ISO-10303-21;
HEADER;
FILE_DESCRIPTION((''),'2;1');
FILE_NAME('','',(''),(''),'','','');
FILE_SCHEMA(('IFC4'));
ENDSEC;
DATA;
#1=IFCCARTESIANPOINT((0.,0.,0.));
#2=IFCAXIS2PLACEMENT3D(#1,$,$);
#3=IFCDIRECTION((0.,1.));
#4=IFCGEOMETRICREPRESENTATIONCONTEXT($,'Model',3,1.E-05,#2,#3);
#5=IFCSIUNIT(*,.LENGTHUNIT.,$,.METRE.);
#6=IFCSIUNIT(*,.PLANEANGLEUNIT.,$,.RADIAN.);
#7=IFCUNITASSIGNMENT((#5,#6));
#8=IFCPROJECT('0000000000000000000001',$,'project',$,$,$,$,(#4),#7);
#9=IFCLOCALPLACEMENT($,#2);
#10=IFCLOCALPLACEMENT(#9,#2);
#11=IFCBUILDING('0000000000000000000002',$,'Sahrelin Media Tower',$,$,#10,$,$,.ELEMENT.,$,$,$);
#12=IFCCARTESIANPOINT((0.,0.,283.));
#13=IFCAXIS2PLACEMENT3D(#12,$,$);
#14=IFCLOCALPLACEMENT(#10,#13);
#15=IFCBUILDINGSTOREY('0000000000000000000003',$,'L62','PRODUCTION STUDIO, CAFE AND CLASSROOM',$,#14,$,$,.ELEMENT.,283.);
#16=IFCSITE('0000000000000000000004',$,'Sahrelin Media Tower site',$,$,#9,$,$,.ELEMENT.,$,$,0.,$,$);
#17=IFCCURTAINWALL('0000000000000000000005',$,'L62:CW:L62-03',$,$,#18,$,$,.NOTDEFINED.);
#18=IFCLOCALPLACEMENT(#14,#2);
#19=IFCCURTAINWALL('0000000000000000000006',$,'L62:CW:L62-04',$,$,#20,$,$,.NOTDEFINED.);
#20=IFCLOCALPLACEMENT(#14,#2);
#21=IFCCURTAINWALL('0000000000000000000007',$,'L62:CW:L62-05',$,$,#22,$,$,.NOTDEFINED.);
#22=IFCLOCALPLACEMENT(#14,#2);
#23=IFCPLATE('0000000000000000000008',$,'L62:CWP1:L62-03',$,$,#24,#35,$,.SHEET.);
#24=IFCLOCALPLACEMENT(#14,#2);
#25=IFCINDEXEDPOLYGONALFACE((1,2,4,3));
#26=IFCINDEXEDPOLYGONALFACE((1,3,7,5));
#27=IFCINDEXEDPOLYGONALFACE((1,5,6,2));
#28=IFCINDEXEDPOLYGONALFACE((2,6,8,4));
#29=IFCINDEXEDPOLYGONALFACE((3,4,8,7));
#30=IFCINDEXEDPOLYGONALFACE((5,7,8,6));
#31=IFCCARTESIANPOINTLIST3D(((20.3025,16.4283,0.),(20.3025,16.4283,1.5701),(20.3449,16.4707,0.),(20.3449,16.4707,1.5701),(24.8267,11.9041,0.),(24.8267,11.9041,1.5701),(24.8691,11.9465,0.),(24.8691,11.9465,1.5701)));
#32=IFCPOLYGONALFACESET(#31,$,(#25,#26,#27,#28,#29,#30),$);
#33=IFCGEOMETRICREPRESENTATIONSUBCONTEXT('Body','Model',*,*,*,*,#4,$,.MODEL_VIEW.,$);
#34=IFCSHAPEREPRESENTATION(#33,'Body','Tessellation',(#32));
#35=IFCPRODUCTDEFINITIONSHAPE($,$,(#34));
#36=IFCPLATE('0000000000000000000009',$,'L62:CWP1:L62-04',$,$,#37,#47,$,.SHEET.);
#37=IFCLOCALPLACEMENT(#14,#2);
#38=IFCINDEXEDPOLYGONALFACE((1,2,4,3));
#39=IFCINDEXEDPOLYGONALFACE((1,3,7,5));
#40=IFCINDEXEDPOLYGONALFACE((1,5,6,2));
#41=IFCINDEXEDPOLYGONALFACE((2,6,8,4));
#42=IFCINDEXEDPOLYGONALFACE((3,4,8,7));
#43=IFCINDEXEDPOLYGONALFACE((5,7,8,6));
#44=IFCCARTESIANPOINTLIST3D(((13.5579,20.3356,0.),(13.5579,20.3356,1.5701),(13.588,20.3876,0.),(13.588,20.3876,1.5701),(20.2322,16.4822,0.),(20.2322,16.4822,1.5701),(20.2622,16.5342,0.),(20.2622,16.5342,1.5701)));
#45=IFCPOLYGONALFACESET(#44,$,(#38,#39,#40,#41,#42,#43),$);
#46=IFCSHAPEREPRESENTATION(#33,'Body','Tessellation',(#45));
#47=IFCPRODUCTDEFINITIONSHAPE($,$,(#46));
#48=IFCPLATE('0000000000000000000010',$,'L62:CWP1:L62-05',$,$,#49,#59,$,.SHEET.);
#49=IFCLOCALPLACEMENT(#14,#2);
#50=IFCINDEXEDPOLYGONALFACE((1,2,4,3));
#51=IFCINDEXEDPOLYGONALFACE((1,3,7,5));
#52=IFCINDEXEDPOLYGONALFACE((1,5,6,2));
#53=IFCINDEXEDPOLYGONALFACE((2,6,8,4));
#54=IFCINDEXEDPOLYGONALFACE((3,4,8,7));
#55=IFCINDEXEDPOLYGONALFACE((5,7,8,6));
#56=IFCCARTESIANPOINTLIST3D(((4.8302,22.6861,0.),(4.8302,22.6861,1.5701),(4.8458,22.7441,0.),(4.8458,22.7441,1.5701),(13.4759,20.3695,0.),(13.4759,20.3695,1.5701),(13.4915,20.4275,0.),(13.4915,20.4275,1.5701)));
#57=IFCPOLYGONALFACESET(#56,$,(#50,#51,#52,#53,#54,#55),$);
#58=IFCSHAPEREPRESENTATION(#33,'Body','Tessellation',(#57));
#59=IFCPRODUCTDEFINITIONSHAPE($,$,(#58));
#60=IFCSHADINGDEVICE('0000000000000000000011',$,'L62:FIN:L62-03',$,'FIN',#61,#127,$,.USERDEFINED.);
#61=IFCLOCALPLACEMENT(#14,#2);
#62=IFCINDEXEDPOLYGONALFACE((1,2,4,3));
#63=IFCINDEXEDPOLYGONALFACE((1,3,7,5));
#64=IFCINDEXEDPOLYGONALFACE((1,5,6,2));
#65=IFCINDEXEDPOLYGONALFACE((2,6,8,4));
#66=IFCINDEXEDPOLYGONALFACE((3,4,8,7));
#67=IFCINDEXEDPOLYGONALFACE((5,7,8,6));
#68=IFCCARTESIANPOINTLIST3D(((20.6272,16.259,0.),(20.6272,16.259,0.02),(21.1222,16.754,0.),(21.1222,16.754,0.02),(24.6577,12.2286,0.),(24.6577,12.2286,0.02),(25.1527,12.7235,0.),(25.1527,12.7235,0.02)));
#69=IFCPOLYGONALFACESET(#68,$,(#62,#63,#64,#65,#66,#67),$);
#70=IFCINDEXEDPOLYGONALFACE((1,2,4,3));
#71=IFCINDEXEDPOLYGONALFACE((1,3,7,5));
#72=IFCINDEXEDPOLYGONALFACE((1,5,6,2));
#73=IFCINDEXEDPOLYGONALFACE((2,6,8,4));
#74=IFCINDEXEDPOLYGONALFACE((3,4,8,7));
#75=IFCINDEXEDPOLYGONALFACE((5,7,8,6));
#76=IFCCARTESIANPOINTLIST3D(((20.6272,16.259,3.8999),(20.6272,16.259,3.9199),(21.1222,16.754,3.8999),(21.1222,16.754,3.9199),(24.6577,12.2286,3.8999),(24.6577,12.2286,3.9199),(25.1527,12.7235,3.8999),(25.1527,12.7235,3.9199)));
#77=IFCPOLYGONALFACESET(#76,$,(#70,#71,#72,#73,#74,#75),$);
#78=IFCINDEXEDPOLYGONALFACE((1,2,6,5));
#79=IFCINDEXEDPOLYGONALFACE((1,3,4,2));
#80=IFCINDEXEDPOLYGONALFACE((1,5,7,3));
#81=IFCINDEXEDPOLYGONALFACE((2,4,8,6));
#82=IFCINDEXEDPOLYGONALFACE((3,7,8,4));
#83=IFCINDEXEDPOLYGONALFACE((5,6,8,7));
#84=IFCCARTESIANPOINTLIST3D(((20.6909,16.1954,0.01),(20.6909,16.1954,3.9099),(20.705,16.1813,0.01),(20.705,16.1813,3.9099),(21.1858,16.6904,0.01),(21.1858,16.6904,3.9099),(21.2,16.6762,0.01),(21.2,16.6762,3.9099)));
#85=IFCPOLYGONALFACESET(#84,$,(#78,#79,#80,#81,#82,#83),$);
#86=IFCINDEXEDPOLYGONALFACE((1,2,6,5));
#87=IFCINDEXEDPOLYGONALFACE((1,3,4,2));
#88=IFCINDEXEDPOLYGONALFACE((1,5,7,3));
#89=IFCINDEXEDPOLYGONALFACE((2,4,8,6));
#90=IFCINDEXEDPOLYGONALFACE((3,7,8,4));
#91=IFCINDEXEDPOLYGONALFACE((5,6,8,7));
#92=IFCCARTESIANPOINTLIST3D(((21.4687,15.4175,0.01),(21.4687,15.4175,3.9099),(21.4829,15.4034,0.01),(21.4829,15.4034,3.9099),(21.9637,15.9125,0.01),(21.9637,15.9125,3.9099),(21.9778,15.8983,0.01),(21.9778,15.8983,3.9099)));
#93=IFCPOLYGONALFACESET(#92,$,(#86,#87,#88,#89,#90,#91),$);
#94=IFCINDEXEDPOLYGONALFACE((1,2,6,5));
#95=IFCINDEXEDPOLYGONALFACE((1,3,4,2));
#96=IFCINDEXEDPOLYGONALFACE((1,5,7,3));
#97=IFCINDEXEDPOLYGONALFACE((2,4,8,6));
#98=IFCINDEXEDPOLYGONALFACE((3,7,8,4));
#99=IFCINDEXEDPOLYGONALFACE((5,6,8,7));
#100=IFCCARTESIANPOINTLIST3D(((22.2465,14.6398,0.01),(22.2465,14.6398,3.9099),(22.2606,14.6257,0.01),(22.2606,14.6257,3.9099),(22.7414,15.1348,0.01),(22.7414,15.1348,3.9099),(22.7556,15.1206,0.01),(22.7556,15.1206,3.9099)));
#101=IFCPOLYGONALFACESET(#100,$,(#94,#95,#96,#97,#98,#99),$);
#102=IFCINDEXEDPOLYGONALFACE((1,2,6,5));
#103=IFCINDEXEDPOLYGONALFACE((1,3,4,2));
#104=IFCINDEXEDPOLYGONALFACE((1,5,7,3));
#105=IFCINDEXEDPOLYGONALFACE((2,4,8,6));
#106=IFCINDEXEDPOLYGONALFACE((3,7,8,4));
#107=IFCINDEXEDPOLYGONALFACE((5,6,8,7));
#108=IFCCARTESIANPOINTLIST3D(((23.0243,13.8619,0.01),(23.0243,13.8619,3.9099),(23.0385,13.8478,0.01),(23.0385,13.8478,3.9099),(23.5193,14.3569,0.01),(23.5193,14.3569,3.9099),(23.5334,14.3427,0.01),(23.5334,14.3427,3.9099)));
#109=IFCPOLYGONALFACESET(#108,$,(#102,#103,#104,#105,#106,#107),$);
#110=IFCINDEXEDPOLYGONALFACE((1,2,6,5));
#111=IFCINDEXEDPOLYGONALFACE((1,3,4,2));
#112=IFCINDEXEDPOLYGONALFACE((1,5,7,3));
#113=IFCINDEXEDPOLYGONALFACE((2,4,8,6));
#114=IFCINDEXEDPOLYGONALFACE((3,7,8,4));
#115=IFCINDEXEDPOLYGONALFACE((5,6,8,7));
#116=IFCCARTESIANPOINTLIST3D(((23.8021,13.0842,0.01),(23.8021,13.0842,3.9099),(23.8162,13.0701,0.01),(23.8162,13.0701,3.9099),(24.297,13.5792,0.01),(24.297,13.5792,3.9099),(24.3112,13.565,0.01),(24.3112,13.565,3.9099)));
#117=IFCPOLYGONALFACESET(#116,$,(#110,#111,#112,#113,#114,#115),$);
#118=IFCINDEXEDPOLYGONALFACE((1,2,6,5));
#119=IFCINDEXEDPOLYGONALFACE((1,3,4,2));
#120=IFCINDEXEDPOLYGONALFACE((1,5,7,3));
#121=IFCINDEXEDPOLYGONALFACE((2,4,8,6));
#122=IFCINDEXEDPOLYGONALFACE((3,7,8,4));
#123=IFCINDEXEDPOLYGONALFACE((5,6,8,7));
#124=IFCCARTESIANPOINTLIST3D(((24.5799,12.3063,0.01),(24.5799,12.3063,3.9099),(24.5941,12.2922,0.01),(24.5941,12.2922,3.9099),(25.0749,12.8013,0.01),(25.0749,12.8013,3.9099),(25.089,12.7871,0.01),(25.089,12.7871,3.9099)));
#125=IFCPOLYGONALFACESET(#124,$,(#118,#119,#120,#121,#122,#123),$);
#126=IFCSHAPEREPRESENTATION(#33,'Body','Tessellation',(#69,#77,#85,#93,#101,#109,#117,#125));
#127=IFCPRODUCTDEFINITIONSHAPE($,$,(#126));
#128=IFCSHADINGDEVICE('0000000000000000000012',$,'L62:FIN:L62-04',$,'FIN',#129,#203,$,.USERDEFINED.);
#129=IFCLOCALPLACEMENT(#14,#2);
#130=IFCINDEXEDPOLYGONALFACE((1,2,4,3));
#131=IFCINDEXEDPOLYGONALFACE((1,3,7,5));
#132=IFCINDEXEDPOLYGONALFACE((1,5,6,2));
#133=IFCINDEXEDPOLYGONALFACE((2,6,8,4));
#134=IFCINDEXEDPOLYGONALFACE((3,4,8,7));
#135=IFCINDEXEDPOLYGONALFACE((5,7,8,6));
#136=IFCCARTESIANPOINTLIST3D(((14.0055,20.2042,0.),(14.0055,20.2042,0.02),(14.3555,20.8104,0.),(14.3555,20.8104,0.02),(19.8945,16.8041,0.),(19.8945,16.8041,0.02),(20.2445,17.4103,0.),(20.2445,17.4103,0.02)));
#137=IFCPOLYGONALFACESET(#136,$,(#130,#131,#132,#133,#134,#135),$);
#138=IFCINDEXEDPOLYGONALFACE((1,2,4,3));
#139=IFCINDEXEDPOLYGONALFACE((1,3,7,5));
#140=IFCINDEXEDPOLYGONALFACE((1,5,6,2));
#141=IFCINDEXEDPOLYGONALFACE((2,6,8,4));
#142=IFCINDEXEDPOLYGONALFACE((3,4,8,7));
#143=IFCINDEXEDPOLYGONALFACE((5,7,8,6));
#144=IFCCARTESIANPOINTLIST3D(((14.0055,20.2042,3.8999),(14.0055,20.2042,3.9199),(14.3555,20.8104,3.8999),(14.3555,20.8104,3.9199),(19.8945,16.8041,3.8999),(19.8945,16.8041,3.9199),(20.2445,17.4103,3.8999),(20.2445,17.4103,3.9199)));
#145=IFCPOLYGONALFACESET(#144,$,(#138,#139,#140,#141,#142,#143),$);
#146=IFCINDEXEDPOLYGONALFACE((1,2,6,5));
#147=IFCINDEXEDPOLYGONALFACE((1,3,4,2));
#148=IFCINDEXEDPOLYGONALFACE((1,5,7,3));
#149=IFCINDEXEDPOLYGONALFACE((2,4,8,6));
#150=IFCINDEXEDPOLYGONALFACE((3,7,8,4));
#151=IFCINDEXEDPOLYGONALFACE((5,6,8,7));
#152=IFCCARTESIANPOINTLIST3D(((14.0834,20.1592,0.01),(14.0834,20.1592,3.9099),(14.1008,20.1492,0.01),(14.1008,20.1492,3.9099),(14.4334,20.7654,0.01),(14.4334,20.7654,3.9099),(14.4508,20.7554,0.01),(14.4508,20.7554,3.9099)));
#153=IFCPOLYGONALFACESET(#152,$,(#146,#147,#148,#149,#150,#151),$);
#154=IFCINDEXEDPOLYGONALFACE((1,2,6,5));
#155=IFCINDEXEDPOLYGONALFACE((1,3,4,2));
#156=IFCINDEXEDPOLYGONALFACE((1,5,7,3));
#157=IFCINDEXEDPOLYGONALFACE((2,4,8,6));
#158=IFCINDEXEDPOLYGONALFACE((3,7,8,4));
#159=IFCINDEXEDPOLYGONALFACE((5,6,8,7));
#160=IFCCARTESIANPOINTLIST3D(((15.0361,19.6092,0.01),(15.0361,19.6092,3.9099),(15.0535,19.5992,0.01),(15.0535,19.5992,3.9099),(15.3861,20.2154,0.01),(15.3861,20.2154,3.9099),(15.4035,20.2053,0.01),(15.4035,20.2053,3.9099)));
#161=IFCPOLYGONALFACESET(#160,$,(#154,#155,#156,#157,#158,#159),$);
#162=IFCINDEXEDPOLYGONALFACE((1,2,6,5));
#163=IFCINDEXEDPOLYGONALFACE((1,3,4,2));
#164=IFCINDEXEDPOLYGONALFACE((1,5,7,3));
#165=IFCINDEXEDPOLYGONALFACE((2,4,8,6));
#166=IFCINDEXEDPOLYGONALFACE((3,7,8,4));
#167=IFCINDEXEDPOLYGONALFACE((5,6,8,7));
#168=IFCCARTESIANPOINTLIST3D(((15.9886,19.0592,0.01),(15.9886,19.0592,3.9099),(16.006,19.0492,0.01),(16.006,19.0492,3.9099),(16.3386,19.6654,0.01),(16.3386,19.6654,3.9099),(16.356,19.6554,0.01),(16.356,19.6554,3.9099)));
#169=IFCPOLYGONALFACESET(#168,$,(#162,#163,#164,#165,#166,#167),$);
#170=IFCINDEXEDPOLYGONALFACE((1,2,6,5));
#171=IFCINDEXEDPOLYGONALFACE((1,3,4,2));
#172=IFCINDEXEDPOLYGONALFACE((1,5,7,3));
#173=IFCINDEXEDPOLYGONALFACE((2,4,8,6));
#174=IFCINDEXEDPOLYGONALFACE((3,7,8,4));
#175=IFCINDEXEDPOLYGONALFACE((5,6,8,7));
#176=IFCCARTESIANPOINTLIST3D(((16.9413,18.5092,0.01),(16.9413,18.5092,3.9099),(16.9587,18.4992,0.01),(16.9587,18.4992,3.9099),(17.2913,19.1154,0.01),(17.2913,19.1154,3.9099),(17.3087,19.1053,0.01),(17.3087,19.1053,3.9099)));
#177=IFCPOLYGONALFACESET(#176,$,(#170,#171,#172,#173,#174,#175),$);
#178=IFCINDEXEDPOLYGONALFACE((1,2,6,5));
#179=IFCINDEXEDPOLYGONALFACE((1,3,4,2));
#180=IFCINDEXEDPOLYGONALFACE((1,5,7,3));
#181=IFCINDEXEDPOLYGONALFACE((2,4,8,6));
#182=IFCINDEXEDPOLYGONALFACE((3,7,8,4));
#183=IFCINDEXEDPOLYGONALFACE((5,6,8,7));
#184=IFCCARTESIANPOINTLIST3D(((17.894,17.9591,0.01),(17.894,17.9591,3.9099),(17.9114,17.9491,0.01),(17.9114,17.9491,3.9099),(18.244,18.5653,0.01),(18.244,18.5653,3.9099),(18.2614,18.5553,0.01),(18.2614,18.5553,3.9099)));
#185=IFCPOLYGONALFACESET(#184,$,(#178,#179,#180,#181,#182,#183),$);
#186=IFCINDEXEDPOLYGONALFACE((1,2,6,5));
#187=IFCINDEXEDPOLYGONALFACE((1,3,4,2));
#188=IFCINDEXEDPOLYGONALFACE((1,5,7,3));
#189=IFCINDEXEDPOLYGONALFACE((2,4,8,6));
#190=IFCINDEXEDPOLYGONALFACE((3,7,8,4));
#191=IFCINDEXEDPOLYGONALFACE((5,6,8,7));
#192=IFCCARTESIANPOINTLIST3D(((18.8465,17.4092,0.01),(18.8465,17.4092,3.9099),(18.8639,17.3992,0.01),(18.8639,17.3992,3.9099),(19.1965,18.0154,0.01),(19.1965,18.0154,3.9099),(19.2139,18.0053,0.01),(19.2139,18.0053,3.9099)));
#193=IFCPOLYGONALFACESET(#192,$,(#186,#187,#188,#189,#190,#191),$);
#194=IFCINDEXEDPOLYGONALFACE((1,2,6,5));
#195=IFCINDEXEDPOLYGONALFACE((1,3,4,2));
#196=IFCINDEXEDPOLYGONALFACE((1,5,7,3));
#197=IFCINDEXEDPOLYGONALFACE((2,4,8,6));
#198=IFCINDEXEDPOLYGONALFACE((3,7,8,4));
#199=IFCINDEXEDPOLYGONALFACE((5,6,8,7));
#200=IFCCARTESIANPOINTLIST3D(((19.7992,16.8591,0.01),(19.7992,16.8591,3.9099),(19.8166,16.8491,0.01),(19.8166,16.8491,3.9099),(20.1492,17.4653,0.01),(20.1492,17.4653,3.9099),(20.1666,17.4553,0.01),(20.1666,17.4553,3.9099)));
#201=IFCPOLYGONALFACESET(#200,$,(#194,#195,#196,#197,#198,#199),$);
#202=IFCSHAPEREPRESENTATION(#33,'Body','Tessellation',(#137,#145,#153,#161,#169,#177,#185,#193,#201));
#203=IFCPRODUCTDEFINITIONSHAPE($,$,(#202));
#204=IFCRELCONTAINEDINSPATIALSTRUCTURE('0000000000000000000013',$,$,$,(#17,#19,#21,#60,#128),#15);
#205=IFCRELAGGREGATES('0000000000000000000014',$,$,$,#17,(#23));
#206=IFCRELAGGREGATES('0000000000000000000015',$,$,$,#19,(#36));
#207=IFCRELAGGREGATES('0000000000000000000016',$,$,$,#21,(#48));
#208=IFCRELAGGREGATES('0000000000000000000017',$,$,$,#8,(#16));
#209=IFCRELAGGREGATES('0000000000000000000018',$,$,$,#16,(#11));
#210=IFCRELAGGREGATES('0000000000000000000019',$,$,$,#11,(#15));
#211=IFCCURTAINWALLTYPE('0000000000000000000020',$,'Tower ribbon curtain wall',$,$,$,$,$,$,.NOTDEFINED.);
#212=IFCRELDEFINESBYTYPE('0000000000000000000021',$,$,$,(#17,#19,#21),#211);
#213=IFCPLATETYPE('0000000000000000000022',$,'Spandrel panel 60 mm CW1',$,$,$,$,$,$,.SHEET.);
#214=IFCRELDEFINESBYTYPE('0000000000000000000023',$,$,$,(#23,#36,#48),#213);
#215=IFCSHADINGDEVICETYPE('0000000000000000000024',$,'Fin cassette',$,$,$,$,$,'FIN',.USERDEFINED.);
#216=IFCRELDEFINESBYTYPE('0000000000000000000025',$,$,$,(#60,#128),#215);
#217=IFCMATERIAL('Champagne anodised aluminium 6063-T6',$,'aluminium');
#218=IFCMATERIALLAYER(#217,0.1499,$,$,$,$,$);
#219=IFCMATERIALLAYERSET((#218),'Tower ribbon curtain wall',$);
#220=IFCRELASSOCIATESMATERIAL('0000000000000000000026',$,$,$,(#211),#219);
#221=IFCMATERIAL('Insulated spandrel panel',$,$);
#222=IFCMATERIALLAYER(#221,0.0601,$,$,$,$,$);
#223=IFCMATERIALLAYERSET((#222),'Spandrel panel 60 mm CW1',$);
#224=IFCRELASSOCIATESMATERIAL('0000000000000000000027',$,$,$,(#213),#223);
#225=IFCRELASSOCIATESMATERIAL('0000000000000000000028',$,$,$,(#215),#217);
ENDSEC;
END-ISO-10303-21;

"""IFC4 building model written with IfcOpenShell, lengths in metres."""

from ifc_helpers import new_model, si_unit, direction, frame, origin, origin_2d, place, context, subcontext, project, spatial, polyline, rectangle, outline, extrude, material, layer, layer_set, type_object, element, aggregate, save


model = new_model("IFC4")

# Units and contexts
model_context = context("Model", 3, precision=1e-05, world=origin(), true_north=direction((0.0, 1.0)))
body_context = subcontext(model_context, "Body", "Model", "MODEL_VIEW")
ifc_project = project(units=[si_unit("LENGTHUNIT", "METRE"), si_unit("PLANEANGLEUNIT", "RADIAN")], contexts=[model_context])

# Site, building, storey
site_placement = place(None, origin())
site = spatial("IfcSite", under=ifc_project, at=site_placement, Name="Sahrelin Media Tower site", CompositionType="ELEMENT", RefElevation=0.0)
building_placement = place(site_placement, origin())
building = spatial("IfcBuilding", under=site, at=building_placement, Name="Sahrelin Media Tower", CompositionType="ELEMENT")
storey_placement = place(building_placement, frame((0.0, 0.0, 283.0)))
storey = spatial("IfcBuildingStorey", under=building, at=storey_placement, Name="L62", Description="PRODUCTION STUDIO, CAFE AND CLASSROOM", CompositionType="ELEMENT", Elevation=283.0)

# Curtain walls
ifc_material_1 = material(Name="Champagne anodised aluminium 6063-T6", Category="aluminium")
ifc_layer_1 = layer(ifc_material_1, 0.1499)
ifc_layer_set_1 = layer_set([ifc_layer_1], Name="Tower ribbon curtain wall")
curtain_wall_type = type_object("IfcCurtainWallType", Name="Tower ribbon curtain wall", PredefinedType="NOTDEFINED", material=ifc_layer_set_1)
curtain_wall_1_placement = place(storey_placement, frame((22.593, 14.1943, 0.0), z_axis=(0.0, 0.0, 1.0), x_axis=(1.0, 0.0, 0.0)))
curtain_wall_1 = element("IfcCurtainWall", 1, at=curtain_wall_1_placement, inside=storey, type_object=curtain_wall_type, Name="L62:CW:L62-03", PredefinedType="NOTDEFINED")
curtain_wall_2_placement = place(storey_placement, frame((16.915, 18.4436, 0.0), z_axis=(0.0, 0.0, 1.0), x_axis=(1.0, 0.0, 0.0)))
curtain_wall_2 = element("IfcCurtainWall", 2, at=curtain_wall_2_placement, inside=storey, type_object=curtain_wall_type, Name="L62:CW:L62-04", PredefinedType="NOTDEFINED")

# Curtain wall
curtain_wall_3_placement = place(storey_placement, frame((9.1633, 21.5664, 0.0), z_axis=(0.0, 0.0, 1.0), x_axis=(1.0, 0.0, 0.0)))
curtain_wall_3 = element("IfcCurtainWall", 3, at=curtain_wall_3_placement, inside=storey, type_object=curtain_wall_type, Name="L62:CW:L62-05", PredefinedType="NOTDEFINED")

# Plates
ifc_material_2 = material(Name="Insulated spandrel panel")
ifc_layer_2 = layer(ifc_material_2, 0.0601)
ifc_layer_set_2 = layer_set([ifc_layer_2], Name="Spandrel panel 60 mm CW1")
plate_type_1 = type_object("IfcPlateType", Name="Spandrel panel 60 mm CW1", PredefinedType="SHEET", material=ifc_layer_set_2)
plate_1_placement = place(storey_placement, frame((24.8691, 11.9465, 0.0), z_axis=(0.707107, 0.707107, 0.0), x_axis=(-0.707107, 0.707107, 0.0)))
plate_1 = element("IfcPlate", 4, at=plate_1_placement, type_object=plate_type_1, Name="L62:CWP1:L62-03", PredefinedType="SHEET", context=body_context, shape_type="SweptSolid", body=[
    extrude(outline(polyline([(0.0, 0.0), (6.3982, 0.0), (6.3982, 1.5701), (0.0, 1.5701), (0.0, 0.0)])), origin(), (0.0, 0.0, -1.0), 0.0601),
])
aggregate(curtain_wall_1, [plate_1])
plate_2_placement = place(storey_placement, frame((20.2622, 16.5342, 0.0), z_axis=(0.500009, 0.86602, 0.0), x_axis=(-0.86602, 0.500009, 0.0)))
plate_2 = element("IfcPlate", 5, at=plate_2_placement, type_object=plate_type_1, Name="L62:CWP1:L62-04", PredefinedType="SHEET", context=body_context, shape_type="SweptSolid", body=[
    extrude(outline(polyline([(0.0, 0.0), (7.7068, 0.0), (7.7068, 1.5701), (0.0, 1.5701), (0.0, 0.0)])), origin(), (0.0, 0.0, -1.0), 0.0601),
])
aggregate(curtain_wall_2, [plate_2])
plate_3_placement = place(storey_placement, frame((13.4915, 20.4275, 0.0), z_axis=(0.258822, 0.965925, 0.0), x_axis=(-0.965925, 0.258822, 0.0)))
plate_3 = element("IfcPlate", 6, at=plate_3_placement, type_object=plate_type_1, Name="L62:CWP1:L62-05", PredefinedType="SHEET", context=body_context, shape_type="SweptSolid", body=[
    extrude(outline(polyline([(0.0, 0.0), (8.9507, 0.0), (8.9507, 1.5701), (0.0, 1.5701), (0.0, 0.0)])), origin(), (0.0, 0.0, -1.0), 0.0601),
])
aggregate(curtain_wall_3, [plate_3])

# Shading devices
shading_device_type_1 = type_object("IfcShadingDeviceType", Name="Fin cassette", ElementType="FIN", PredefinedType="USERDEFINED", material=ifc_material_1)
placement_1 = place(storey_placement, frame((22.593, 14.1943, 0.0), z_axis=(0.0, 0.0, 1.0), x_axis=(0.707107, -0.707107, 0.0)))
element("IfcShadingDevice", 7, at=placement_1, inside=storey, type_object=shading_device_type_1, Name="L62:FIN:L62-03", ObjectType="FIN", PredefinedType="USERDEFINED", context=body_context, shape_type="SweptSolid", body=[
    extrude(rectangle(XDim=5.7, YDim=0.7, at=origin_2d()), frame((0.0, 0.4199, 0.0)), (0.0, 0.0, 1.0), 0.02),
    extrude(rectangle(XDim=5.7, YDim=0.7, at=origin_2d()), frame((0.0, 0.4199, 3.8999)), (0.0, 0.0, 1.0), 0.02),
    extrude(rectangle(XDim=0.02, YDim=0.7, at=origin_2d()), frame((-2.75, 0.4199, 0.01), z_axis=(0.0, 0.0, 1.0), x_axis=(1.0, 0.0, 0.0)), (0.0, 0.0, 1.0), 3.8999),
    extrude(rectangle(XDim=0.02, YDim=0.7, at=origin_2d()), frame((-1.6499, 0.4199, 0.01), z_axis=(0.0, 0.0, 1.0), x_axis=(1.0, 0.0, 0.0)), (0.0, 0.0, 1.0), 3.8999),
    extrude(rectangle(XDim=0.02, YDim=0.7, at=origin_2d()), frame((-0.55, 0.4199, 0.01), z_axis=(0.0, 0.0, 1.0), x_axis=(1.0, 0.0, 0.0)), (0.0, 0.0, 1.0), 3.8999),
    extrude(rectangle(XDim=0.02, YDim=0.7, at=origin_2d()), frame((0.55, 0.4199, 0.01), z_axis=(0.0, 0.0, 1.0), x_axis=(1.0, 0.0, 0.0)), (0.0, 0.0, 1.0), 3.8999),
    extrude(rectangle(XDim=0.02, YDim=0.7, at=origin_2d()), frame((1.6499, 0.4199, 0.01), z_axis=(0.0, 0.0, 1.0), x_axis=(1.0, 0.0, 0.0)), (0.0, 0.0, 1.0), 3.8999),
    extrude(rectangle(XDim=0.02, YDim=0.7, at=origin_2d()), frame((2.75, 0.4199, 0.01), z_axis=(0.0, 0.0, 1.0), x_axis=(1.0, 0.0, 0.0)), (0.0, 0.0, 1.0), 3.8999),
])
placement_2 = place(storey_placement, frame((16.915, 18.4436, 0.0), z_axis=(0.0, 0.0, 1.0), x_axis=(0.866019, -0.500011, 0.0)))
element("IfcShadingDevice", 8, at=placement_2, inside=storey, type_object=shading_device_type_1, Name="L62:FIN:L62-04", ObjectType="FIN", PredefinedType="USERDEFINED", context=body_context, shape_type="SweptSolid", body=[
    extrude(rectangle(XDim=6.8, YDim=0.7, at=origin_2d()), frame((0.0, 0.4199, 0.0)), (0.0, 0.0, 1.0), 0.02),
    extrude(rectangle(XDim=6.8, YDim=0.7, at=origin_2d()), frame((0.0, 0.4199, 3.8999)), (0.0, 0.0, 1.0), 0.02),
    extrude(rectangle(XDim=0.02, YDim=0.7, at=origin_2d()), frame((-3.3, 0.4199, 0.01), z_axis=(0.0, 0.0, 1.0), x_axis=(1.0, 0.0, 0.0)), (0.0, 0.0, 1.0), 3.8999),
    extrude(rectangle(XDim=0.02, YDim=0.7, at=origin_2d()), frame((-2.2, 0.4199, 0.01), z_axis=(0.0, 0.0, 1.0), x_axis=(1.0, 0.0, 0.0)), (0.0, 0.0, 1.0), 3.8999),
    extrude(rectangle(XDim=0.02, YDim=0.7, at=origin_2d()), frame((-1.1001, 0.4199, 0.01), z_axis=(0.0, 0.0, 1.0), x_axis=(1.0, 0.0, 0.0)), (0.0, 0.0, 1.0), 3.8999),
    extrude(rectangle(XDim=0.02, YDim=0.7, at=origin_2d()), frame((0.0, 0.4199, 0.01), z_axis=(0.0, 0.0, 1.0), x_axis=(1.0, 0.0, 0.0)), (0.0, 0.0, 1.0), 3.8999),
    extrude(rectangle(XDim=0.02, YDim=0.7, at=origin_2d()), frame((1.1001, 0.4199, 0.01), z_axis=(0.0, 0.0, 1.0), x_axis=(1.0, 0.0, 0.0)), (0.0, 0.0, 1.0), 3.8999),
    extrude(rectangle(XDim=0.02, YDim=0.7, at=origin_2d()), frame((2.2, 0.4199, 0.01), z_axis=(0.0, 0.0, 1.0), x_axis=(1.0, 0.0, 0.0)), (0.0, 0.0, 1.0), 3.8999),
    extrude(rectangle(XDim=0.02, YDim=0.7, at=origin_2d()), frame((3.3, 0.4199, 0.01), z_axis=(0.0, 0.0, 1.0), x_axis=(1.0, 0.0, 0.0)), (0.0, 0.0, 1.0), 3.8999),
])

save(model, "model.ifc")
